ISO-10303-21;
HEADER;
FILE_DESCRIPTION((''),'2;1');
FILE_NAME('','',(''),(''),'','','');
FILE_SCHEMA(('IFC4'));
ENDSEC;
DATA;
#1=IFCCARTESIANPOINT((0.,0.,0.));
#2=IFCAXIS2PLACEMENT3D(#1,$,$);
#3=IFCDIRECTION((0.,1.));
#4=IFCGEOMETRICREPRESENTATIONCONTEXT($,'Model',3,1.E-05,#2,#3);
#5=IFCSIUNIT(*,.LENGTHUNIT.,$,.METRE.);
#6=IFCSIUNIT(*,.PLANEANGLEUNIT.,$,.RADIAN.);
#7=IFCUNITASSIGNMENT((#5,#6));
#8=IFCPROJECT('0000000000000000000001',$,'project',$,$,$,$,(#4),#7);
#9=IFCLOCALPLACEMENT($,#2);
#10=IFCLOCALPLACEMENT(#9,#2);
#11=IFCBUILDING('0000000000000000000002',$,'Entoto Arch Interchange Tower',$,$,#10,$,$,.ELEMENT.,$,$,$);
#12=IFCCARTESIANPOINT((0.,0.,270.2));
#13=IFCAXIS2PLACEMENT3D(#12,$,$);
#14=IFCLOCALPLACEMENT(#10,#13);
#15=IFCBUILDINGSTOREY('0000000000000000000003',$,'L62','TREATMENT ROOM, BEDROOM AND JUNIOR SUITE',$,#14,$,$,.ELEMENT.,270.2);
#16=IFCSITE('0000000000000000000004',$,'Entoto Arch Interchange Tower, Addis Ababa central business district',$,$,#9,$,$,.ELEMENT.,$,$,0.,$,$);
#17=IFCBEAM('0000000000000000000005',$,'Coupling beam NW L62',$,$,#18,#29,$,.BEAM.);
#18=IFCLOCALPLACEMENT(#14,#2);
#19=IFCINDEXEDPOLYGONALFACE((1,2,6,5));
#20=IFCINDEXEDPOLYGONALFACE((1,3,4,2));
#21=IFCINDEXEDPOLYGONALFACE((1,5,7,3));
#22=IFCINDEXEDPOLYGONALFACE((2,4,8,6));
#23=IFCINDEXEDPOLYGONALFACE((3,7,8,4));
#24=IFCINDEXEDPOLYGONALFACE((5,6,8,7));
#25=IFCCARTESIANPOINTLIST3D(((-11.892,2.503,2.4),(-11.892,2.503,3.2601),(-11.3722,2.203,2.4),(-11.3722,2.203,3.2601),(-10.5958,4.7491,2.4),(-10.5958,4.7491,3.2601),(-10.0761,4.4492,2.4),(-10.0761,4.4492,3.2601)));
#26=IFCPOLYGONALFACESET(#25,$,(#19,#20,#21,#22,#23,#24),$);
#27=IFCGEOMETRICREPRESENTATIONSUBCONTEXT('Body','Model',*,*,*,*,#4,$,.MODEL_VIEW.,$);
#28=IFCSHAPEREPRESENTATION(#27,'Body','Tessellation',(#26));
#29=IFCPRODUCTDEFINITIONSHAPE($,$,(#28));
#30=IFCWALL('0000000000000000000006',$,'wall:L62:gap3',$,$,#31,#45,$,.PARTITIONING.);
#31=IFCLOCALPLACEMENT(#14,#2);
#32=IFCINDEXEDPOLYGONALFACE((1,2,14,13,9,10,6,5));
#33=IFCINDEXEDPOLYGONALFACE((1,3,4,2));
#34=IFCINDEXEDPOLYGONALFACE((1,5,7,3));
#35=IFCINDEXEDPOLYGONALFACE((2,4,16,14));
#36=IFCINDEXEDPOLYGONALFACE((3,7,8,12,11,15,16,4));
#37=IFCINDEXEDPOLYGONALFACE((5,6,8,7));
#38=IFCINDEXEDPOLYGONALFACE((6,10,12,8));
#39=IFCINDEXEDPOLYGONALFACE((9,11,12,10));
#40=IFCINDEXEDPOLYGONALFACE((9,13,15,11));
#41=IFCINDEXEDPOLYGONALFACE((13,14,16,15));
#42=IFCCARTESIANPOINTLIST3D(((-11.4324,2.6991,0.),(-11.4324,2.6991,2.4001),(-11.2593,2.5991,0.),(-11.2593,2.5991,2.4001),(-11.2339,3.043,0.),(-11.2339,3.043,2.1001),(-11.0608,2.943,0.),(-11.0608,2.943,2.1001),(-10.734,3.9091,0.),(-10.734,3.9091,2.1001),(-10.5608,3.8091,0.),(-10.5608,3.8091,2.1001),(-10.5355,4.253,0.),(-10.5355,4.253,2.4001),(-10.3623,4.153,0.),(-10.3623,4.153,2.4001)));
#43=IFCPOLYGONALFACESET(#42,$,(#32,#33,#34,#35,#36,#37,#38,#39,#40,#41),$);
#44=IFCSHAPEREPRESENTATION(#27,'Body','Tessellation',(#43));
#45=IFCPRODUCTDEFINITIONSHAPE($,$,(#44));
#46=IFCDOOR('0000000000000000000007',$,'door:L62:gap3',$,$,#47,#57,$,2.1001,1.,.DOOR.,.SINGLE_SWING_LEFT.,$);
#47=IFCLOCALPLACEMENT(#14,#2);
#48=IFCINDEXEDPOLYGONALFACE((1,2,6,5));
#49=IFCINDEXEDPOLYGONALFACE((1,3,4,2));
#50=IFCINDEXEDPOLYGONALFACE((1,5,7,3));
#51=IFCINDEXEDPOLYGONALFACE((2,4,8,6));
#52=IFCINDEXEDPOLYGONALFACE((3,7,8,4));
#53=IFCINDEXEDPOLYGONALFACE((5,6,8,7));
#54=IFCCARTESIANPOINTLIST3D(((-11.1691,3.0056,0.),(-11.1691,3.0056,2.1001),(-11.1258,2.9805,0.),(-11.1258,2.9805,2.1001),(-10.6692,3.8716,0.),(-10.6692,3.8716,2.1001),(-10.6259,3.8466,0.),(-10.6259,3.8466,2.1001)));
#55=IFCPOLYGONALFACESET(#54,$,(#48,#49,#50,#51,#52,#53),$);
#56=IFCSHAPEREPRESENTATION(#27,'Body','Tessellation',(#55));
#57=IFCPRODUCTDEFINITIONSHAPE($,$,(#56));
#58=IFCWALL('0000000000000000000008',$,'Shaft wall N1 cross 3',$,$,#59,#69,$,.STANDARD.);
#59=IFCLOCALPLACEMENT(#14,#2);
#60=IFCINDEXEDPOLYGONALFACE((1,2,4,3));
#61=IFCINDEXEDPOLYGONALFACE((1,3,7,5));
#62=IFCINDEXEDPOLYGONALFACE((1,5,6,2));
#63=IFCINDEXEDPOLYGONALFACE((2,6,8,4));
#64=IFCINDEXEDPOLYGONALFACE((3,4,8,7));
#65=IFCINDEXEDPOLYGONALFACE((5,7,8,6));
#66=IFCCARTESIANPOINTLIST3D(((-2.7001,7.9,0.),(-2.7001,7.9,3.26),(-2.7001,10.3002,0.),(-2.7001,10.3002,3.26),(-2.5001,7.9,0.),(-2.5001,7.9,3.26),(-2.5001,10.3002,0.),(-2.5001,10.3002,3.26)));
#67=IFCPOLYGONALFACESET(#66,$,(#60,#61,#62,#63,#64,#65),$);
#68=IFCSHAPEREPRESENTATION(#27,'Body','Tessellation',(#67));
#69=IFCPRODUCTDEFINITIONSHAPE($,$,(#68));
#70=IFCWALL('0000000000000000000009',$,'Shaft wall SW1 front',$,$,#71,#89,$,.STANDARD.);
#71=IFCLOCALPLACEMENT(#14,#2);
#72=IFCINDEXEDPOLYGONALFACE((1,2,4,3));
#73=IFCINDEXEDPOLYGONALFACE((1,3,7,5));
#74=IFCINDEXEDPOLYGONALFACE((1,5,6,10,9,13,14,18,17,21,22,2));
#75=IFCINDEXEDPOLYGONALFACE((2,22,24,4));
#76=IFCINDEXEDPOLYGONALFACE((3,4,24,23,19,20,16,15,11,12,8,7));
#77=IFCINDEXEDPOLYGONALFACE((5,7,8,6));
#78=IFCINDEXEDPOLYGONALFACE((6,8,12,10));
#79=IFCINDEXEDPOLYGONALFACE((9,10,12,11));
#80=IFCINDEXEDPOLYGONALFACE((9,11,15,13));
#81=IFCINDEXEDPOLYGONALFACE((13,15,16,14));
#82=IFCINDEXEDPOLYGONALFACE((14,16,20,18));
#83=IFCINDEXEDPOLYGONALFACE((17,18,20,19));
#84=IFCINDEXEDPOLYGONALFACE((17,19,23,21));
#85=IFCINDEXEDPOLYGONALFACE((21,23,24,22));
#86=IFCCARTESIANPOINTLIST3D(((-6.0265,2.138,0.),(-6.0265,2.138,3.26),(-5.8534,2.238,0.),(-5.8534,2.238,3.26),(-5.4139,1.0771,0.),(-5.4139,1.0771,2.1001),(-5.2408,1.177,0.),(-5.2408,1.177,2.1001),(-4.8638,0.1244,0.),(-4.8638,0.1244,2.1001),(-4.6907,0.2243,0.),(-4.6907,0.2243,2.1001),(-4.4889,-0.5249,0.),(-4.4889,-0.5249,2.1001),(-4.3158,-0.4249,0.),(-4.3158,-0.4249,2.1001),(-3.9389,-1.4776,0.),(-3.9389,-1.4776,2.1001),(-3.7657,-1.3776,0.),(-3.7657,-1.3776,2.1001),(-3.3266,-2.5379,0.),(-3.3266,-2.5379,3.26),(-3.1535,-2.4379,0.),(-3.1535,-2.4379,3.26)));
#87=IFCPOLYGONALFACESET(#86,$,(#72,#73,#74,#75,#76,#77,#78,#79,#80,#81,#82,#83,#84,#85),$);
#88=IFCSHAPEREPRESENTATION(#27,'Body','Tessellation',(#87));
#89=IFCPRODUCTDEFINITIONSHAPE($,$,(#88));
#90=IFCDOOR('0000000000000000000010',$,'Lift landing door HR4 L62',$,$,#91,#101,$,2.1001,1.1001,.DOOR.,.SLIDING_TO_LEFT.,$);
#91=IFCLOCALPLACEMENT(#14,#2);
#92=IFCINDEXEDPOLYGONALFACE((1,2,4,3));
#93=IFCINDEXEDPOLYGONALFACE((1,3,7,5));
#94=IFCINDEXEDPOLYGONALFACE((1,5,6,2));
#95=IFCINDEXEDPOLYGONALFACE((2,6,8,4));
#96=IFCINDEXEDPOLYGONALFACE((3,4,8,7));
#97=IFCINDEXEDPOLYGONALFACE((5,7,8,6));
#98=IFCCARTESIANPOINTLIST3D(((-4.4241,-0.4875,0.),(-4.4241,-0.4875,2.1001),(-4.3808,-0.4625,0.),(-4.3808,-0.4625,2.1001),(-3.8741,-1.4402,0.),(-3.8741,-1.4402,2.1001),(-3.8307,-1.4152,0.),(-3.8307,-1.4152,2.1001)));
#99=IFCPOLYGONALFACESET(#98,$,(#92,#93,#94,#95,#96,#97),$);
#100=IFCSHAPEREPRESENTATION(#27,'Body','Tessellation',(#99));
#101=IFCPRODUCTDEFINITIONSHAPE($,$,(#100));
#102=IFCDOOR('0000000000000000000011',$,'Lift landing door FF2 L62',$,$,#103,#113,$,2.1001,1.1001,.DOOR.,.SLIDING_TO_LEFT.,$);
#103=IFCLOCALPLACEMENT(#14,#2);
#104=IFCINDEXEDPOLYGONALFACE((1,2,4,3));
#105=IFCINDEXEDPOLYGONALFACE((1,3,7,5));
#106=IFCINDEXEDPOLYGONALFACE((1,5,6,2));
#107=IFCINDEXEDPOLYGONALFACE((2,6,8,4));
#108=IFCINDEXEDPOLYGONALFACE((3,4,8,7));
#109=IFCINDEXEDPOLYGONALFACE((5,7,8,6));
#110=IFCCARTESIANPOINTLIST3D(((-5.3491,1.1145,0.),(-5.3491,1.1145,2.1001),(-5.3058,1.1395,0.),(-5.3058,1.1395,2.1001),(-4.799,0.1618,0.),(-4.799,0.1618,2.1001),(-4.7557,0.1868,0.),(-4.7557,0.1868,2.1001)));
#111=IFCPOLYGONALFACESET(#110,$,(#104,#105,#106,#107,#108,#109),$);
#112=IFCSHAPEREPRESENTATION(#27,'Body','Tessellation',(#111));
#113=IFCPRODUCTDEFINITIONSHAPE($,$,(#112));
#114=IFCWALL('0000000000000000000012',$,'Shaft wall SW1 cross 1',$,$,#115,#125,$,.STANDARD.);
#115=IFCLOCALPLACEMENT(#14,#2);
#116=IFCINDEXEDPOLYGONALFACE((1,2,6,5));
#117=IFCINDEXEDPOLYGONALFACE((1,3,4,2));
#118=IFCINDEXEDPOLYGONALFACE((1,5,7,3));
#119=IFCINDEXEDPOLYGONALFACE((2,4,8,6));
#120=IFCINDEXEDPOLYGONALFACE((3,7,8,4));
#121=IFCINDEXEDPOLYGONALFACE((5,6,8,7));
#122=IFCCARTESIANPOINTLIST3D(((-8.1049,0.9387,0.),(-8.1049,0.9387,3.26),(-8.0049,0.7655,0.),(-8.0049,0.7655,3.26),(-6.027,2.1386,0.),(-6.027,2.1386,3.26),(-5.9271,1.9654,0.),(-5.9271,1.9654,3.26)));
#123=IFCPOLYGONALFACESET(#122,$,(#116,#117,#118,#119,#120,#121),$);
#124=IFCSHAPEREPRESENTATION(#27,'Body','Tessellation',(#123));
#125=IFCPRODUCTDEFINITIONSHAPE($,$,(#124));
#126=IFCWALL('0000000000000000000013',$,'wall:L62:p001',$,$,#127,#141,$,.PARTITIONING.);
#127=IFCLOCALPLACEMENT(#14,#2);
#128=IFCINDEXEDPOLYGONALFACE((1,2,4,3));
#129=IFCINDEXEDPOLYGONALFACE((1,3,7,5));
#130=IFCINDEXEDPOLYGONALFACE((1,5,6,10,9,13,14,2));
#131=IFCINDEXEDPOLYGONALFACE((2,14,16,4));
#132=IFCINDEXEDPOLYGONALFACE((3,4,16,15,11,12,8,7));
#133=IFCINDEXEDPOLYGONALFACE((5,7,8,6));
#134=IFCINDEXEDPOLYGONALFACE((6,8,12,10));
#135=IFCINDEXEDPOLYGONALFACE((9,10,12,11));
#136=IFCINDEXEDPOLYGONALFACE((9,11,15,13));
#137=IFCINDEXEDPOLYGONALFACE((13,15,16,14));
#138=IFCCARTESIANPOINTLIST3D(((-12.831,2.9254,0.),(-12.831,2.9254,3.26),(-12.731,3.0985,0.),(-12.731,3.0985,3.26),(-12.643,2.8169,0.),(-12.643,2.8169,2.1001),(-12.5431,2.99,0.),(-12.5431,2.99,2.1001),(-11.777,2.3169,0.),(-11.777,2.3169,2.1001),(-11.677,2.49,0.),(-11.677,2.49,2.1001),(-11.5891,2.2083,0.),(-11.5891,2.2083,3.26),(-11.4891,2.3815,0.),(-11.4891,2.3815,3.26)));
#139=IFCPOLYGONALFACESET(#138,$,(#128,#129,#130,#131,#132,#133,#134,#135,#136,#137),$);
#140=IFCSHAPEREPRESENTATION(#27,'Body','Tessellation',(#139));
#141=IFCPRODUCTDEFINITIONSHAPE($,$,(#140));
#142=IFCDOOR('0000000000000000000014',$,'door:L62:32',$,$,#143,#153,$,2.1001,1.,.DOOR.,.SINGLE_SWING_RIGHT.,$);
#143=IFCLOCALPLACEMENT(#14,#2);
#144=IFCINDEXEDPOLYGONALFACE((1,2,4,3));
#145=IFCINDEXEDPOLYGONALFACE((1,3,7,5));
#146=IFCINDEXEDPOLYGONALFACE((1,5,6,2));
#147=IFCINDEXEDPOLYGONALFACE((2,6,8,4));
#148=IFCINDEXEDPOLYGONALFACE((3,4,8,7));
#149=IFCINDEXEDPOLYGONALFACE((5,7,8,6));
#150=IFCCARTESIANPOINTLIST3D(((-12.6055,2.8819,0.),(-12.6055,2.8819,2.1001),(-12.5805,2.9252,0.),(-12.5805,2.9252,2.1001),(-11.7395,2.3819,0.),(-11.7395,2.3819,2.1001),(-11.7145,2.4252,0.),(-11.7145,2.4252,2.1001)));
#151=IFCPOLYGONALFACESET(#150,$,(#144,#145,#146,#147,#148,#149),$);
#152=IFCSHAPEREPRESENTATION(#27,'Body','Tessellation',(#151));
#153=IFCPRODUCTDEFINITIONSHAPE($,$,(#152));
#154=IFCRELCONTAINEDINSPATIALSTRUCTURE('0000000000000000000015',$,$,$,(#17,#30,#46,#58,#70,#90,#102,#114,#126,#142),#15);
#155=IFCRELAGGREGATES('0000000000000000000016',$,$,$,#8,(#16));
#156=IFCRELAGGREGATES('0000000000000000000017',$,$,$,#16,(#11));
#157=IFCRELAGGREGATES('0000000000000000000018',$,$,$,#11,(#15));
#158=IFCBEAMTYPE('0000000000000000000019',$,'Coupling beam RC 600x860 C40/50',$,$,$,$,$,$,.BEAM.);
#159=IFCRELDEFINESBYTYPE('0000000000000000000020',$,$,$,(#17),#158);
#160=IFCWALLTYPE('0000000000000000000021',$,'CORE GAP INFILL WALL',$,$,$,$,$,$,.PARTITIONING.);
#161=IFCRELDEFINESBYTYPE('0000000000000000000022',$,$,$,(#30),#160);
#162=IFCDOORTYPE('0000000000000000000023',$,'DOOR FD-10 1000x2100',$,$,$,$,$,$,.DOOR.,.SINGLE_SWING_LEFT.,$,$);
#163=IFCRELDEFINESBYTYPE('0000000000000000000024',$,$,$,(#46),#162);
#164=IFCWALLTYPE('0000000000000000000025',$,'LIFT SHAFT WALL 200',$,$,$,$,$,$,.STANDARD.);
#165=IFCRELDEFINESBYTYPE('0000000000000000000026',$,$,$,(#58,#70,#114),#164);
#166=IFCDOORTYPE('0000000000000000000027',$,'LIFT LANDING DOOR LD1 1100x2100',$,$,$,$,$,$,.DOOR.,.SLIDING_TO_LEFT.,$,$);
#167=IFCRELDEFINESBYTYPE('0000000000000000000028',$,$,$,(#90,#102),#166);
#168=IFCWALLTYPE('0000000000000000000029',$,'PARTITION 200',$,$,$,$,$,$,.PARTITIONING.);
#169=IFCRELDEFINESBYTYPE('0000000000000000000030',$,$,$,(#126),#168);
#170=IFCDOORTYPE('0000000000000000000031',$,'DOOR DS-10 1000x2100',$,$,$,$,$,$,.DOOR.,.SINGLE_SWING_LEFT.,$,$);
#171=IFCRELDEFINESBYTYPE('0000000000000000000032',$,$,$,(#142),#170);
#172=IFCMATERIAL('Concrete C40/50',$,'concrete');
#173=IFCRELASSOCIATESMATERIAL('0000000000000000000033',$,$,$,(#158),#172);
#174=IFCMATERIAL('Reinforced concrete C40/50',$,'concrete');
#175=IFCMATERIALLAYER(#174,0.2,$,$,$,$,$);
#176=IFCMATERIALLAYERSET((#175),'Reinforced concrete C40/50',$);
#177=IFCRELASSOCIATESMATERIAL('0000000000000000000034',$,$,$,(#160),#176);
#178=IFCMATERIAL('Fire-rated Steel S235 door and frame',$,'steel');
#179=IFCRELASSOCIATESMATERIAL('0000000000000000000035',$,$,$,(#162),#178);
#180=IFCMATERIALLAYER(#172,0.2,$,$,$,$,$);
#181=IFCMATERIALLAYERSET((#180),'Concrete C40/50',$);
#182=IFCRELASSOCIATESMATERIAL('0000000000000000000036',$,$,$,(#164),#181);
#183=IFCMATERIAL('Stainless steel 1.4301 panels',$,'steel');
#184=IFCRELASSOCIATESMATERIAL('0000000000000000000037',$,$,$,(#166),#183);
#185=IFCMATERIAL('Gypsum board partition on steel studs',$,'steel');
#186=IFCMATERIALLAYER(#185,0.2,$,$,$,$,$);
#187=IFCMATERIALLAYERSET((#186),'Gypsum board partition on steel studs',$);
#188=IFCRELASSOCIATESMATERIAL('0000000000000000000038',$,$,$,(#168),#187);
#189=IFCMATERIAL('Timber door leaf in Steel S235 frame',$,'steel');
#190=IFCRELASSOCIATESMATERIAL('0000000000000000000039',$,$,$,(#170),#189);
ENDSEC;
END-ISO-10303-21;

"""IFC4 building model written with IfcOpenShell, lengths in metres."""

from ifc_helpers import new_model, si_unit, direction, frame, frame_2d, origin, origin_2d, place, context, subcontext, project, spatial, rectangle, extrude, material, layer, layer_set, material_profile, profile_set, type_object, element, fill, save


model = new_model("IFC4")

# Units and contexts
model_context = context("Model", 3, precision=1e-05, world=origin(), true_north=direction((0.0, 1.0)))
body_context = subcontext(model_context, "Body", "Model", "MODEL_VIEW")
ifc_project = project(units=[si_unit("LENGTHUNIT", "METRE"), si_unit("PLANEANGLEUNIT", "RADIAN")], contexts=[model_context])

# Site, building, storey
site_placement = place(None, origin())
site = spatial("IfcSite", under=ifc_project, at=site_placement, Name="Entoto Arch Interchange Tower, Addis Ababa central business district", CompositionType="ELEMENT", RefElevation=0.0)
building_placement = place(site_placement, origin())
building = spatial("IfcBuilding", under=site, at=building_placement, Name="Entoto Arch Interchange Tower", CompositionType="ELEMENT")
storey_placement = place(building_placement, frame((0.0, 0.0, 270.2)))
storey = spatial("IfcBuildingStorey", under=building, at=storey_placement, Name="L62", Description="TREATMENT ROOM, BEDROOM AND JUNIOR SUITE", CompositionType="ELEMENT", Elevation=270.2)

# Beam
ifc_material_1 = material(Name="Concrete C40/50", Category="concrete")
ifc_material_profile = material_profile(ifc_material_1, rectangle(XDim=0.6001, YDim=0.8601, at=origin_2d()))
ifc_profile_set = profile_set([ifc_material_profile], Name="Concrete C40/50")
beam_type = type_object("IfcBeamType", Name="Coupling beam RC 600x860 C40/50", PredefinedType="BEAM", material=ifc_profile_set)
beam_placement = place(storey_placement, frame((-10.3359, 4.5991, 2.8301), z_axis=(-0.499815, -0.866132, 0.0), x_axis=(0.866132, -0.499815, 0.0)))
element("IfcBeam", 1, at=beam_placement, inside=storey, type_object=beam_type, Name="Coupling beam NW L62", PredefinedType="BEAM", context=body_context, shape_type="SweptSolid", body=[
    extrude(rectangle(XDim=0.6001, YDim=0.8601, at=origin_2d()), origin(), (0.0, 0.0, 1.0), 2.5933),
])

# Wall, opening, door
ifc_material_2 = material(Name="Reinforced concrete C40/50", Category="concrete")
ifc_layer_1 = layer(ifc_material_2, 0.2)
ifc_layer_set_1 = layer_set([ifc_layer_1], Name="Reinforced concrete C40/50")
wall_type_1 = type_object("IfcWallType", Name="CORE GAP INFILL WALL", PredefinedType="PARTITIONING", material=ifc_layer_set_1)
wall_1_placement = place(storey_placement, frame((-10.449, 4.2029, 0.0), z_axis=(0.0, 0.0, 1.0), x_axis=(-0.499915, -0.866075, 0.0)))
wall_1 = element("IfcWall", 2, at=wall_1_placement, inside=storey, type_object=wall_type_1, Name="wall:L62:gap3", PredefinedType="PARTITIONING", context=body_context, shape_type="SweptSolid", body=[
    extrude(rectangle(XDim=1.7942, YDim=0.2, at=frame_2d((0.897, 0.0))), origin(), (0.0, 0.0, 1.0), 2.4001),
])
opening_1_placement = place(wall_1_placement, frame((0.397, 0.0, 0.0)))
opening_1 = element("IfcOpeningElement", 3, at=opening_1_placement, cuts=wall_1, PredefinedType="OPENING", context=body_context, shape_type="SweptSolid", body=[
    extrude(rectangle(XDim=1.0, YDim=2.1001, at=frame_2d((0.5, 1.05))), frame((0.0, 0.1099, 0.0), z_axis=(0.0, -1.0, 0.0), x_axis=(1.0, 0.0, 0.0)), (0.0, 0.0, 1.0), 0.22),
])
ifc_material_3 = material(Name="Fire-rated Steel S235 door and frame", Category="steel")
door_type_1 = type_object("IfcDoorType", Name="DOOR FD-10 1000x2100", OperationType="SINGLE_SWING_LEFT", PredefinedType="DOOR", material=ifc_material_3)
door_1_placement = place(opening_1_placement, origin())
door_1 = element("IfcDoor", 4, at=door_1_placement, inside=storey, type_object=door_type_1, Name="door:L62:gap3", OperationType="SINGLE_SWING_LEFT", OverallHeight=2.1001, OverallWidth=1.0, PredefinedType="DOOR", context=body_context, shape_type="SweptSolid", body=[
    extrude(rectangle(XDim=1.0, YDim=2.1001, at=frame_2d((0.5, 1.05))), frame((0.0, 0.0249, 0.0), z_axis=(0.0, -1.0, 0.0), x_axis=(1.0, 0.0, 0.0)), (0.0, 0.0, 1.0), 0.05),
])
fill(opening_1, door_1)

# Wall
ifc_layer_2 = layer(ifc_material_1, 0.2)
ifc_layer_set_2 = layer_set([ifc_layer_2], Name="Concrete C40/50")
wall_type_2 = type_object("IfcWallType", Name="LIFT SHAFT WALL 200", PredefinedType="STANDARD", material=ifc_layer_set_2)
wall_2_placement = place(storey_placement, frame((-2.6001, 7.8999, 0.0), z_axis=(0.0, 0.0, 1.0), x_axis=(0.0, 1.0, 0.0)))
element("IfcWall", 5, at=wall_2_placement, inside=storey, type_object=wall_type_2, Name="Shaft wall N1 cross 3", PredefinedType="STANDARD", context=body_context, shape_type="SweptSolid", body=[
    extrude(rectangle(XDim=2.4001, YDim=0.2, at=frame_2d((1.2002, 0.0))), origin(), (0.0, 0.0, 1.0), 3.26),
])

# Wall, openings, doors
wall_3_placement = place(storey_placement, frame((-5.9399, 2.188, 0.0), z_axis=(0.0, 0.0, 1.0), x_axis=(0.500034, -0.866006, 0.0)))
wall_3 = element("IfcWall", 6, at=wall_3_placement, inside=storey, type_object=wall_type_2, Name="Shaft wall SW1 front", PredefinedType="STANDARD", context=body_context, shape_type="SweptSolid", body=[
    extrude(rectangle(XDim=5.3994, YDim=0.2, at=frame_2d((2.6997, 0.0))), origin(), (0.0, 0.0, 1.0), 3.26),
])
opening_2_placement = place(wall_3_placement, frame((3.075, 0.0, 0.0)))
opening_2 = element("IfcOpeningElement", 7, at=opening_2_placement, cuts=wall_3, PredefinedType="OPENING", context=body_context, shape_type="SweptSolid", body=[
    extrude(rectangle(XDim=1.1001, YDim=2.1001, at=frame_2d((0.55, 1.05))), frame((0.0, 0.1099, 0.0), z_axis=(0.0, -1.0, 0.0), x_axis=(1.0, 0.0, 0.0)), (0.0, 0.0, 1.0), 0.22),
])
opening_3_placement = place(wall_3_placement, frame((1.2251, 0.0, 0.0)))
opening_3 = element("IfcOpeningElement", 8, at=opening_3_placement, cuts=wall_3, PredefinedType="OPENING", context=body_context, shape_type="SweptSolid", body=[
    extrude(rectangle(XDim=1.1001, YDim=2.1001, at=frame_2d((0.55, 1.05))), frame((0.0, 0.1099, 0.0), z_axis=(0.0, -1.0, 0.0), x_axis=(1.0, 0.0, 0.0)), (0.0, 0.0, 1.0), 0.22),
])
ifc_material_4 = material(Name="Stainless steel 1.4301 panels", Category="steel")
door_type_2 = type_object("IfcDoorType", Name="LIFT LANDING DOOR LD1 1100x2100", OperationType="SLIDING_TO_LEFT", PredefinedType="DOOR", material=ifc_material_4)
door_2_placement = place(opening_2_placement, origin())
door_2 = element("IfcDoor", 9, at=door_2_placement, inside=storey, type_object=door_type_2, Name="Lift landing door HR4 L62", OperationType="SLIDING_TO_LEFT", OverallHeight=2.1001, OverallWidth=1.1001, PredefinedType="DOOR", context=body_context, shape_type="SweptSolid", body=[
    extrude(rectangle(XDim=1.1001, YDim=2.1001, at=frame_2d((0.55, 1.05))), frame((0.0, 0.0249, 0.0), z_axis=(0.0, -1.0, 0.0), x_axis=(1.0, 0.0, 0.0)), (0.0, 0.0, 1.0), 0.05),
])
fill(opening_2, door_2)
door_3_placement = place(opening_3_placement, origin())
door_3 = element("IfcDoor", 10, at=door_3_placement, inside=storey, type_object=door_type_2, Name="Lift landing door FF2 L62", OperationType="SLIDING_TO_LEFT", OverallHeight=2.1001, OverallWidth=1.1001, PredefinedType="DOOR", context=body_context, shape_type="SweptSolid", body=[
    extrude(rectangle(XDim=1.1001, YDim=2.1001, at=frame_2d((0.55, 1.05))), frame((0.0, 0.0249, 0.0), z_axis=(0.0, -1.0, 0.0), x_axis=(1.0, 0.0, 0.0)), (0.0, 0.0, 1.0), 0.05),
])
fill(opening_3, door_3)

# Wall
wall_4_placement = place(storey_placement, frame((-5.9771, 2.052, 0.0), z_axis=(0.0, 0.0, 1.0), x_axis=(-0.865974, -0.500089, 0.0)))
element("IfcWall", 11, at=wall_4_placement, inside=storey, type_object=wall_type_2, Name="Shaft wall SW1 cross 1", PredefinedType="STANDARD", context=body_context, shape_type="SweptSolid", body=[
    extrude(rectangle(XDim=2.3994, YDim=0.2, at=frame_2d((1.1997, 0.0))), origin(), (0.0, 0.0, 1.0), 3.26),
])

# Wall, opening, door
ifc_material_5 = material(Name="Gypsum board partition on steel studs", Category="steel")
ifc_layer_3 = layer(ifc_material_5, 0.2)
ifc_layer_set_3 = layer_set([ifc_layer_3], Name="Gypsum board partition on steel studs")
wall_type_3 = type_object("IfcWallType", Name="PARTITION 200", PredefinedType="PARTITIONING", material=ifc_layer_set_3)
wall_5_placement = place(storey_placement, frame((-11.5391, 2.2949, 0.0), z_axis=(0.0, 0.0, 1.0), x_axis=(-0.866024, 0.500002, 0.0)))
wall_5 = element("IfcWall", 12, at=wall_5_placement, inside=storey, type_object=wall_type_3, Name="wall:L62:p001", PredefinedType="PARTITIONING", context=body_context, shape_type="SweptSolid", body=[
    extrude(rectangle(XDim=1.4341, YDim=0.2, at=frame_2d((0.717, 0.0))), origin(), (0.0, 0.0, 1.0), 3.26),
])
opening_4_placement = place(wall_5_placement, frame((0.217, 0.0, 0.0)))
opening_4 = element("IfcOpeningElement", 13, at=opening_4_placement, cuts=wall_5, PredefinedType="OPENING", context=body_context, shape_type="SweptSolid", body=[
    extrude(rectangle(XDim=1.0, YDim=2.1001, at=frame_2d((0.5, 1.05))), frame((0.0, 0.1099, 0.0), z_axis=(0.0, -1.0, 0.0), x_axis=(1.0, 0.0, 0.0)), (0.0, 0.0, 1.0), 0.22),
])
ifc_material_6 = material(Name="Timber door leaf in Steel S235 frame", Category="steel")
door_type_3 = type_object("IfcDoorType", Name="DOOR DS-10 1000x2100", OperationType="SINGLE_SWING_LEFT", PredefinedType="DOOR", material=ifc_material_6)
door_4_placement = place(opening_4_placement, origin())
door_4 = element("IfcDoor", 14, at=door_4_placement, inside=storey, type_object=door_type_3, Name="door:L62:32", OperationType="SINGLE_SWING_RIGHT", OverallHeight=2.1001, OverallWidth=1.0, PredefinedType="DOOR", context=body_context, shape_type="SweptSolid", body=[
    extrude(rectangle(XDim=1.0, YDim=2.1001, at=frame_2d((0.5, 1.05))), frame((0.0, 0.0249, 0.0), z_axis=(0.0, -1.0, 0.0), x_axis=(1.0, 0.0, 0.0)), (0.0, 0.0, 1.0), 0.05),
])
fill(opening_4, door_4)

save(model, "model.ifc")
